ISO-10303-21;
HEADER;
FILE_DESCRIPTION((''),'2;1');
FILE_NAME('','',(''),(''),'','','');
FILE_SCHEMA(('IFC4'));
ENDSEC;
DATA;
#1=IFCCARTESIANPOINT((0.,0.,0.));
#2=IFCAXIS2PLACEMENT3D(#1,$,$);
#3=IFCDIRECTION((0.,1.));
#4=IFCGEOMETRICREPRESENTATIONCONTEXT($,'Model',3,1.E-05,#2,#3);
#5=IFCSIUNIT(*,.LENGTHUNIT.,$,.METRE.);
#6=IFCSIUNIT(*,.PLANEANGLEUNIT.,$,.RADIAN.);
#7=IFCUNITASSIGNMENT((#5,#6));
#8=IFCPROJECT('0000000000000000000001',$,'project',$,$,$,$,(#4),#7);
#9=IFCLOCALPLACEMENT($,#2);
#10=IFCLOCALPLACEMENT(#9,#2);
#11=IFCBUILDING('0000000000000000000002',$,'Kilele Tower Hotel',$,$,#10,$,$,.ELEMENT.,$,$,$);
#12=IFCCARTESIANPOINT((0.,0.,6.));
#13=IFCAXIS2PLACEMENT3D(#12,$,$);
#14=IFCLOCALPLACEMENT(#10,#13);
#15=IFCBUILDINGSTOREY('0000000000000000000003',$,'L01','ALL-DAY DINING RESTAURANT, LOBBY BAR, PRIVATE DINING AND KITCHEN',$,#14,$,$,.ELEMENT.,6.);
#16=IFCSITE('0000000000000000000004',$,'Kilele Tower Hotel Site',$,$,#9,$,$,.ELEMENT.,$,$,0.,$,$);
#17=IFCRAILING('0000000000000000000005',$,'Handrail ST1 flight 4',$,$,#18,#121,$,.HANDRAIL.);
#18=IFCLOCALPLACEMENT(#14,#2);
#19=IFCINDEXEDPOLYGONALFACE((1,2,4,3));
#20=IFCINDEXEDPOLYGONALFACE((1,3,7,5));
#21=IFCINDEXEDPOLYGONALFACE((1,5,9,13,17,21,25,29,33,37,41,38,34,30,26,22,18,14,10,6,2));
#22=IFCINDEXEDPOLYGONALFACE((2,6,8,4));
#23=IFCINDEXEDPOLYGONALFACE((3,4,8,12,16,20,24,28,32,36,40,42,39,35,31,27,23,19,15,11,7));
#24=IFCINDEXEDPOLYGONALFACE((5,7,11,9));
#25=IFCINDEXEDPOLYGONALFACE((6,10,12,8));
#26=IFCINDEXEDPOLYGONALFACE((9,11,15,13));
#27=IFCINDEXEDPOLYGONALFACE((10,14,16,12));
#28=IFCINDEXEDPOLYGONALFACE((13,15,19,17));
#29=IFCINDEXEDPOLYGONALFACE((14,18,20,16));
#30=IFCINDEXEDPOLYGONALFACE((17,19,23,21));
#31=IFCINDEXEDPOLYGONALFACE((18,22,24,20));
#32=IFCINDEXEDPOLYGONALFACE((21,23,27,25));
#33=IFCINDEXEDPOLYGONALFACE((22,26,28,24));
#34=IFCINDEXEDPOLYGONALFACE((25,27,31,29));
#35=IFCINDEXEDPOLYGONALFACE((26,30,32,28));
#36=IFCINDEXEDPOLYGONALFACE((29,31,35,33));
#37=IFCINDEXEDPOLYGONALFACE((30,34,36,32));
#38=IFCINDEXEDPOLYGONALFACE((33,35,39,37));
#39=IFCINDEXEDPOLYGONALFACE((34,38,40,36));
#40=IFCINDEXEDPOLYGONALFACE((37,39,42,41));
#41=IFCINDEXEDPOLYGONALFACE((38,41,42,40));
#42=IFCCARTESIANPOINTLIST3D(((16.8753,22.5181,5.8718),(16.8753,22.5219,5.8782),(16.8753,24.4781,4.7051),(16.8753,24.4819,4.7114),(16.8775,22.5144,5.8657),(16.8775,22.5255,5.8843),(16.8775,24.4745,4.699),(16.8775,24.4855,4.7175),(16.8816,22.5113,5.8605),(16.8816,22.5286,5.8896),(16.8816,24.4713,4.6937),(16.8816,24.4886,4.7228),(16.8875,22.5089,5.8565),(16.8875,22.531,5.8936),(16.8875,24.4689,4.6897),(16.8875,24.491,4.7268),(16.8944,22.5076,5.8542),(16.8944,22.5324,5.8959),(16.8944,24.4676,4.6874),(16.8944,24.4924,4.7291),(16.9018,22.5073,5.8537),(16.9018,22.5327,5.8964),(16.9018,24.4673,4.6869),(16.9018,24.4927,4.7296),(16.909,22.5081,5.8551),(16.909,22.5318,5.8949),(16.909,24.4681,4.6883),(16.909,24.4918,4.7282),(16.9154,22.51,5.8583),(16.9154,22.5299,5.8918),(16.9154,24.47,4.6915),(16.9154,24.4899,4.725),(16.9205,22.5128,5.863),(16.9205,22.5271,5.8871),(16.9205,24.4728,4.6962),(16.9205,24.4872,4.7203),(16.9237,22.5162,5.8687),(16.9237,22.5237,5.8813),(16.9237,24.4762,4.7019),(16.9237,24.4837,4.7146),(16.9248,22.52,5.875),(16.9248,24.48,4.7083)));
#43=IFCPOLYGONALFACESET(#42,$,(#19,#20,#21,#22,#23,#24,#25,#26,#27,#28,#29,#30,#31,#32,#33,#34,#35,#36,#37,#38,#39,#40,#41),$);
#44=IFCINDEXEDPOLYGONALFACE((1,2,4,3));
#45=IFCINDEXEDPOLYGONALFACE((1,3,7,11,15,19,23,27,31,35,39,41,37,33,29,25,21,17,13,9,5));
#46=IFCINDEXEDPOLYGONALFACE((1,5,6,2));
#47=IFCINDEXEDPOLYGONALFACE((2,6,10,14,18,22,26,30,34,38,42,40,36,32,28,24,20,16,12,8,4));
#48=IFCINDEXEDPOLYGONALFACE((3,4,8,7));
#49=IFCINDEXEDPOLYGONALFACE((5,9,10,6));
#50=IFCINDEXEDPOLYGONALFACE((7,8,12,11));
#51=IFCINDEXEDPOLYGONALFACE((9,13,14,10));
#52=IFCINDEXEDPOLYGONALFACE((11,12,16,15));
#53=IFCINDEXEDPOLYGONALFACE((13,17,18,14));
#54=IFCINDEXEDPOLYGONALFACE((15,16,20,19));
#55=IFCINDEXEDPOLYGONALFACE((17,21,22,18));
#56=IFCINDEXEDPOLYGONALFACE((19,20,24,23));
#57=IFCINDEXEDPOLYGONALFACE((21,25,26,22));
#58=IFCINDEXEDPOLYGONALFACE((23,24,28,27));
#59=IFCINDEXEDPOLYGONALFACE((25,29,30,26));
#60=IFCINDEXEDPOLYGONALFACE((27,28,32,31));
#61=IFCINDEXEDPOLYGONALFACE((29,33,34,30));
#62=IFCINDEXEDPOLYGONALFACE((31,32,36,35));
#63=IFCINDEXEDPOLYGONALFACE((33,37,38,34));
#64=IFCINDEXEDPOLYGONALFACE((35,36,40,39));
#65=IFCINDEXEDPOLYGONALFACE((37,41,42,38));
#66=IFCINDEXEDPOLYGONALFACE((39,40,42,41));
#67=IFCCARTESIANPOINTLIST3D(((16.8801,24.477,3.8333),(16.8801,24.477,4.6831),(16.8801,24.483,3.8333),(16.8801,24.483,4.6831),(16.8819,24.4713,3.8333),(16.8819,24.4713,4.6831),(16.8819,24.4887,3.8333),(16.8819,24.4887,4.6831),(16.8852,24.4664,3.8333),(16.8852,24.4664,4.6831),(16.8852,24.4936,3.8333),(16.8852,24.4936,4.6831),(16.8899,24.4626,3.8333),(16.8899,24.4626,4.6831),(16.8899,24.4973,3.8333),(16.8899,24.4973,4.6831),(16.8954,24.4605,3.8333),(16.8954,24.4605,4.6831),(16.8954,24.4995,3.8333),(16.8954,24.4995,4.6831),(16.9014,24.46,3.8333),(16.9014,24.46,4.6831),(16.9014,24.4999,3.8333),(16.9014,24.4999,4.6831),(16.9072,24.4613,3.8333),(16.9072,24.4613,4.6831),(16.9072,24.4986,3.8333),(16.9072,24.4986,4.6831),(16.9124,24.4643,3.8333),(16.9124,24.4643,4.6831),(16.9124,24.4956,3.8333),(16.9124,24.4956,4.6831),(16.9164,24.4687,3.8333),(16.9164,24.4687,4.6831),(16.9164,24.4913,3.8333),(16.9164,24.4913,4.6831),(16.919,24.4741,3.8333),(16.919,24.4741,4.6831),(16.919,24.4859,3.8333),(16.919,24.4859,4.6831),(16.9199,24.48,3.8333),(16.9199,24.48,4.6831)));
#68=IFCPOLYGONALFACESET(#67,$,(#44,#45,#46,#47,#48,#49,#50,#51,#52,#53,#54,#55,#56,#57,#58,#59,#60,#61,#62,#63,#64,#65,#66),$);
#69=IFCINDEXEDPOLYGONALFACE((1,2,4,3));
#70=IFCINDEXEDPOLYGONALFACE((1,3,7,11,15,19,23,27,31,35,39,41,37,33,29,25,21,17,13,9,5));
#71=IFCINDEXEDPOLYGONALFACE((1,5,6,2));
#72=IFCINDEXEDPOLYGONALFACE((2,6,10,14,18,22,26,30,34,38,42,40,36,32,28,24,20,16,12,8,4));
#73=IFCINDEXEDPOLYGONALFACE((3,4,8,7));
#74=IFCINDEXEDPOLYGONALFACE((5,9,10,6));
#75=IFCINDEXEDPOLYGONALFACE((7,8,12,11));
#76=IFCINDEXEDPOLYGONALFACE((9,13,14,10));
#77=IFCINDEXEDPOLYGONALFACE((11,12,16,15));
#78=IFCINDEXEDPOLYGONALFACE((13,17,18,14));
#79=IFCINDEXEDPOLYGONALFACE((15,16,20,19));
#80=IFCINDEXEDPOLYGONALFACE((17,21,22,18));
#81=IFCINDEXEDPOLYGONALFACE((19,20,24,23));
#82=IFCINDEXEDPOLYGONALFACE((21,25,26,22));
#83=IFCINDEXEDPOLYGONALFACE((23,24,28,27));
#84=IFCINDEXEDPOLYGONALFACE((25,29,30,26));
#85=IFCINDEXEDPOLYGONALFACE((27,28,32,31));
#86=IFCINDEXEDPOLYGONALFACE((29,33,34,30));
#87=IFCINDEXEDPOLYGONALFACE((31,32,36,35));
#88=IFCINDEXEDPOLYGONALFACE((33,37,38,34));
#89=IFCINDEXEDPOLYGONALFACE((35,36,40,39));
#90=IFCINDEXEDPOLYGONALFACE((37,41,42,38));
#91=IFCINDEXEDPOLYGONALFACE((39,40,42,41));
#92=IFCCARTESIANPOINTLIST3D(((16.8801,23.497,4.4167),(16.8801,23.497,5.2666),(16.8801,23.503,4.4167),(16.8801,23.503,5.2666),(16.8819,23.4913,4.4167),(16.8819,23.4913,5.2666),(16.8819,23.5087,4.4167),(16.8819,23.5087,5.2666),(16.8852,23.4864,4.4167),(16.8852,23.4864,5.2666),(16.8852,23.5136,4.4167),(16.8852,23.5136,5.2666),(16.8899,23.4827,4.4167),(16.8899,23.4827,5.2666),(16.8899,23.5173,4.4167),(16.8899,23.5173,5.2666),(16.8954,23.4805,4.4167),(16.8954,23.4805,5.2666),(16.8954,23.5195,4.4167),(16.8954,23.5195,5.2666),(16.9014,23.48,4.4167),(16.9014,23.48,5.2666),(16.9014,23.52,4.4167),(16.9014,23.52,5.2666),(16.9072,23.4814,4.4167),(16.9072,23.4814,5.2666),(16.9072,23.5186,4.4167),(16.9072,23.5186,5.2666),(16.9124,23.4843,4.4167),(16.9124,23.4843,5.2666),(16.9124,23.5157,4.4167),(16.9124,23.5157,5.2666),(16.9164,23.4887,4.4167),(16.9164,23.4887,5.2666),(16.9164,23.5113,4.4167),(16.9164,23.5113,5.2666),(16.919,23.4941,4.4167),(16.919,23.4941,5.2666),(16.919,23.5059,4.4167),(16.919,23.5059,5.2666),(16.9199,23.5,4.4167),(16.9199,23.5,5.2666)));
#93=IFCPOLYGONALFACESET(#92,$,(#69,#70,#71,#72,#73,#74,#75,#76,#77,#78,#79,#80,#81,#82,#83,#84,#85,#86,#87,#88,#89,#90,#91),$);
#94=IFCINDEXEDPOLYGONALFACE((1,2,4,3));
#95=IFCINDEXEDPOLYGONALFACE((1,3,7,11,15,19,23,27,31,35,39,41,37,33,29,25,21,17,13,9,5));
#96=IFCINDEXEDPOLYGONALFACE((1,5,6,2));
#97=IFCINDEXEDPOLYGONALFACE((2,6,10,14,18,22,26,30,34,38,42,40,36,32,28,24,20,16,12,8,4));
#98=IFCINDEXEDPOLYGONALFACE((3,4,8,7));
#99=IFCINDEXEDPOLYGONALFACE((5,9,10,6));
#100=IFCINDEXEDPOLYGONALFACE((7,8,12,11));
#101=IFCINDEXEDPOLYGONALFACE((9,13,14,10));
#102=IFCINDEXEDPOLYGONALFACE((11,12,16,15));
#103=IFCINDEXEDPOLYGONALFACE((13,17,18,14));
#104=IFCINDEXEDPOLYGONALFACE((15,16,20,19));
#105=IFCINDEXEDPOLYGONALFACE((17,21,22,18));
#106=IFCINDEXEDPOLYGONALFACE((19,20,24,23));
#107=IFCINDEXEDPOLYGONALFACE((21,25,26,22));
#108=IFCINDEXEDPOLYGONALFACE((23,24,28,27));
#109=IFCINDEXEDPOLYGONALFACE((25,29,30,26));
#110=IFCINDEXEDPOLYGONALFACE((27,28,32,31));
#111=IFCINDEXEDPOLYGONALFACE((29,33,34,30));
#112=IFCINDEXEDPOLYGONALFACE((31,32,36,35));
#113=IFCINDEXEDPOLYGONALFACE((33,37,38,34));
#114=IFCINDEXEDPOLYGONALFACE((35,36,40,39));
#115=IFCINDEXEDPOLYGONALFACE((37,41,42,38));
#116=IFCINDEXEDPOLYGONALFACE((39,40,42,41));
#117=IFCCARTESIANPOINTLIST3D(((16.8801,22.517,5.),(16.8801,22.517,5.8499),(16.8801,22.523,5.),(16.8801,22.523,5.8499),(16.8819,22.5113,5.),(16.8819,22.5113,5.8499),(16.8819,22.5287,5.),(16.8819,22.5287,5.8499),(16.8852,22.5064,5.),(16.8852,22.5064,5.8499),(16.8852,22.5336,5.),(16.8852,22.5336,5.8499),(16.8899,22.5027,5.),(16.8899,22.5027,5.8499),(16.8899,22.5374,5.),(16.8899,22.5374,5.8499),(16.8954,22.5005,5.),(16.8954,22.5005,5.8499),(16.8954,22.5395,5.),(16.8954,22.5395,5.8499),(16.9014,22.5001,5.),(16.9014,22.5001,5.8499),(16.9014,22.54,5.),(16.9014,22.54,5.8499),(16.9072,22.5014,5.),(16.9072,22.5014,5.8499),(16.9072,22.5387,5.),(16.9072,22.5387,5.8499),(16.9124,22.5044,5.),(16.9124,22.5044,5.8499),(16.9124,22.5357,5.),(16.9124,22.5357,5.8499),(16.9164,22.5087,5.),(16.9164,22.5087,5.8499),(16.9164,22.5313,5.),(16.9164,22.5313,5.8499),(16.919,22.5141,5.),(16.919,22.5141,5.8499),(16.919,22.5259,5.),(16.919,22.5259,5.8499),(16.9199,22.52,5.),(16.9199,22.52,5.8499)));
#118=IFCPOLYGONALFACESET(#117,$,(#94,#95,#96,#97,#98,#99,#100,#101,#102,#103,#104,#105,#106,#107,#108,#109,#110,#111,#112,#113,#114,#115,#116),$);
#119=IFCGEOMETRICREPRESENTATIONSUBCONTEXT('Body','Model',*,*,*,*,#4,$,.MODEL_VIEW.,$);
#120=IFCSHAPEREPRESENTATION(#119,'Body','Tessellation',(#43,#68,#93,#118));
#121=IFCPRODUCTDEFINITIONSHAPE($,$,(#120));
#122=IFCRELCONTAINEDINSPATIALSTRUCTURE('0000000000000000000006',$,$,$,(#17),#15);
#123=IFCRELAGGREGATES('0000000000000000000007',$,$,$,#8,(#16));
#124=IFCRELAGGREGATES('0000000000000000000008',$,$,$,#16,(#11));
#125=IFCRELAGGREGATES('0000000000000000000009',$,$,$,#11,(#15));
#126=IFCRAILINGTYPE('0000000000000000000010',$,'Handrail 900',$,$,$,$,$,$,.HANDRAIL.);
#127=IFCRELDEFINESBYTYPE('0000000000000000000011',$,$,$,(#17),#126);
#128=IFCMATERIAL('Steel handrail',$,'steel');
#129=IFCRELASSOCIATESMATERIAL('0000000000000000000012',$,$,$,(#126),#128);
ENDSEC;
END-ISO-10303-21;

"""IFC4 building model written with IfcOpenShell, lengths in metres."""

from ifc_helpers import new_model, si_unit, direction, frame, origin, origin_2d, place, context, subcontext, project, spatial, circle, extrude, material, type_object, element, save


model = new_model("IFC4")

# Units and contexts
model_context = context("Model", 3, precision=1e-05, world=origin(), true_north=direction((0.0, 1.0)))
body_context = subcontext(model_context, "Body", "Model", "MODEL_VIEW")
ifc_project = project(units=[si_unit("LENGTHUNIT", "METRE"), si_unit("PLANEANGLEUNIT", "RADIAN")], contexts=[model_context])

# Site, building, storey
site_placement = place(None, origin())
site = spatial("IfcSite", under=ifc_project, at=site_placement, Name="Kilele Tower Hotel Site", CompositionType="ELEMENT", RefElevation=0.0)
building_placement = place(site_placement, origin())
building = spatial("IfcBuilding", under=site, at=building_placement, Name="Kilele Tower Hotel", CompositionType="ELEMENT")
storey_placement = place(building_placement, frame((0.0, 0.0, 6.0)))
storey = spatial("IfcBuildingStorey", under=building, at=storey_placement, Name="L01", Description="ALL-DAY DINING RESTAURANT, LOBBY BAR, PRIVATE DINING AND KITCHEN", CompositionType="ELEMENT", Elevation=6.0)

# Railing
ifc_material_1 = material(Name="Steel handrail", Category="steel")
railing_type = type_object("IfcRailingType", Name="Handrail 900", PredefinedType="HANDRAIL", material=ifc_material_1)
for number, where, name in (
    (1, (16.8999, 24.48, 3.8333), "Handrail ST1 flight 4"),
):
    element("IfcRailing", number, at=place(storey_placement, frame(where)), inside=storey, type_object=railing_type, Name=name, PredefinedType="HANDRAIL", context=body_context, shape_type="SweptSolid", body=[
        extrude(circle(Radius=0.0249, at=origin_2d()), frame((0.0, 0.0, 0.875), z_axis=(0.0, -0.859273, 0.511518), x_axis=(1.0, 0.0, 0.0)), (0.0, 0.0, 1.0), 2.281),
        extrude(circle(Radius=0.02, at=origin_2d()), origin(), (0.0, 0.0, 1.0), 0.8499),
        extrude(circle(Radius=0.02, at=origin_2d()), frame((0.0, -0.98, 0.5835)), (0.0, 0.0, 1.0), 0.8499),
        extrude(circle(Radius=0.02, at=origin_2d()), frame((0.0, -1.96, 1.1667)), (0.0, 0.0, 1.0), 0.8499),
    ])

save(model, "model.ifc")
